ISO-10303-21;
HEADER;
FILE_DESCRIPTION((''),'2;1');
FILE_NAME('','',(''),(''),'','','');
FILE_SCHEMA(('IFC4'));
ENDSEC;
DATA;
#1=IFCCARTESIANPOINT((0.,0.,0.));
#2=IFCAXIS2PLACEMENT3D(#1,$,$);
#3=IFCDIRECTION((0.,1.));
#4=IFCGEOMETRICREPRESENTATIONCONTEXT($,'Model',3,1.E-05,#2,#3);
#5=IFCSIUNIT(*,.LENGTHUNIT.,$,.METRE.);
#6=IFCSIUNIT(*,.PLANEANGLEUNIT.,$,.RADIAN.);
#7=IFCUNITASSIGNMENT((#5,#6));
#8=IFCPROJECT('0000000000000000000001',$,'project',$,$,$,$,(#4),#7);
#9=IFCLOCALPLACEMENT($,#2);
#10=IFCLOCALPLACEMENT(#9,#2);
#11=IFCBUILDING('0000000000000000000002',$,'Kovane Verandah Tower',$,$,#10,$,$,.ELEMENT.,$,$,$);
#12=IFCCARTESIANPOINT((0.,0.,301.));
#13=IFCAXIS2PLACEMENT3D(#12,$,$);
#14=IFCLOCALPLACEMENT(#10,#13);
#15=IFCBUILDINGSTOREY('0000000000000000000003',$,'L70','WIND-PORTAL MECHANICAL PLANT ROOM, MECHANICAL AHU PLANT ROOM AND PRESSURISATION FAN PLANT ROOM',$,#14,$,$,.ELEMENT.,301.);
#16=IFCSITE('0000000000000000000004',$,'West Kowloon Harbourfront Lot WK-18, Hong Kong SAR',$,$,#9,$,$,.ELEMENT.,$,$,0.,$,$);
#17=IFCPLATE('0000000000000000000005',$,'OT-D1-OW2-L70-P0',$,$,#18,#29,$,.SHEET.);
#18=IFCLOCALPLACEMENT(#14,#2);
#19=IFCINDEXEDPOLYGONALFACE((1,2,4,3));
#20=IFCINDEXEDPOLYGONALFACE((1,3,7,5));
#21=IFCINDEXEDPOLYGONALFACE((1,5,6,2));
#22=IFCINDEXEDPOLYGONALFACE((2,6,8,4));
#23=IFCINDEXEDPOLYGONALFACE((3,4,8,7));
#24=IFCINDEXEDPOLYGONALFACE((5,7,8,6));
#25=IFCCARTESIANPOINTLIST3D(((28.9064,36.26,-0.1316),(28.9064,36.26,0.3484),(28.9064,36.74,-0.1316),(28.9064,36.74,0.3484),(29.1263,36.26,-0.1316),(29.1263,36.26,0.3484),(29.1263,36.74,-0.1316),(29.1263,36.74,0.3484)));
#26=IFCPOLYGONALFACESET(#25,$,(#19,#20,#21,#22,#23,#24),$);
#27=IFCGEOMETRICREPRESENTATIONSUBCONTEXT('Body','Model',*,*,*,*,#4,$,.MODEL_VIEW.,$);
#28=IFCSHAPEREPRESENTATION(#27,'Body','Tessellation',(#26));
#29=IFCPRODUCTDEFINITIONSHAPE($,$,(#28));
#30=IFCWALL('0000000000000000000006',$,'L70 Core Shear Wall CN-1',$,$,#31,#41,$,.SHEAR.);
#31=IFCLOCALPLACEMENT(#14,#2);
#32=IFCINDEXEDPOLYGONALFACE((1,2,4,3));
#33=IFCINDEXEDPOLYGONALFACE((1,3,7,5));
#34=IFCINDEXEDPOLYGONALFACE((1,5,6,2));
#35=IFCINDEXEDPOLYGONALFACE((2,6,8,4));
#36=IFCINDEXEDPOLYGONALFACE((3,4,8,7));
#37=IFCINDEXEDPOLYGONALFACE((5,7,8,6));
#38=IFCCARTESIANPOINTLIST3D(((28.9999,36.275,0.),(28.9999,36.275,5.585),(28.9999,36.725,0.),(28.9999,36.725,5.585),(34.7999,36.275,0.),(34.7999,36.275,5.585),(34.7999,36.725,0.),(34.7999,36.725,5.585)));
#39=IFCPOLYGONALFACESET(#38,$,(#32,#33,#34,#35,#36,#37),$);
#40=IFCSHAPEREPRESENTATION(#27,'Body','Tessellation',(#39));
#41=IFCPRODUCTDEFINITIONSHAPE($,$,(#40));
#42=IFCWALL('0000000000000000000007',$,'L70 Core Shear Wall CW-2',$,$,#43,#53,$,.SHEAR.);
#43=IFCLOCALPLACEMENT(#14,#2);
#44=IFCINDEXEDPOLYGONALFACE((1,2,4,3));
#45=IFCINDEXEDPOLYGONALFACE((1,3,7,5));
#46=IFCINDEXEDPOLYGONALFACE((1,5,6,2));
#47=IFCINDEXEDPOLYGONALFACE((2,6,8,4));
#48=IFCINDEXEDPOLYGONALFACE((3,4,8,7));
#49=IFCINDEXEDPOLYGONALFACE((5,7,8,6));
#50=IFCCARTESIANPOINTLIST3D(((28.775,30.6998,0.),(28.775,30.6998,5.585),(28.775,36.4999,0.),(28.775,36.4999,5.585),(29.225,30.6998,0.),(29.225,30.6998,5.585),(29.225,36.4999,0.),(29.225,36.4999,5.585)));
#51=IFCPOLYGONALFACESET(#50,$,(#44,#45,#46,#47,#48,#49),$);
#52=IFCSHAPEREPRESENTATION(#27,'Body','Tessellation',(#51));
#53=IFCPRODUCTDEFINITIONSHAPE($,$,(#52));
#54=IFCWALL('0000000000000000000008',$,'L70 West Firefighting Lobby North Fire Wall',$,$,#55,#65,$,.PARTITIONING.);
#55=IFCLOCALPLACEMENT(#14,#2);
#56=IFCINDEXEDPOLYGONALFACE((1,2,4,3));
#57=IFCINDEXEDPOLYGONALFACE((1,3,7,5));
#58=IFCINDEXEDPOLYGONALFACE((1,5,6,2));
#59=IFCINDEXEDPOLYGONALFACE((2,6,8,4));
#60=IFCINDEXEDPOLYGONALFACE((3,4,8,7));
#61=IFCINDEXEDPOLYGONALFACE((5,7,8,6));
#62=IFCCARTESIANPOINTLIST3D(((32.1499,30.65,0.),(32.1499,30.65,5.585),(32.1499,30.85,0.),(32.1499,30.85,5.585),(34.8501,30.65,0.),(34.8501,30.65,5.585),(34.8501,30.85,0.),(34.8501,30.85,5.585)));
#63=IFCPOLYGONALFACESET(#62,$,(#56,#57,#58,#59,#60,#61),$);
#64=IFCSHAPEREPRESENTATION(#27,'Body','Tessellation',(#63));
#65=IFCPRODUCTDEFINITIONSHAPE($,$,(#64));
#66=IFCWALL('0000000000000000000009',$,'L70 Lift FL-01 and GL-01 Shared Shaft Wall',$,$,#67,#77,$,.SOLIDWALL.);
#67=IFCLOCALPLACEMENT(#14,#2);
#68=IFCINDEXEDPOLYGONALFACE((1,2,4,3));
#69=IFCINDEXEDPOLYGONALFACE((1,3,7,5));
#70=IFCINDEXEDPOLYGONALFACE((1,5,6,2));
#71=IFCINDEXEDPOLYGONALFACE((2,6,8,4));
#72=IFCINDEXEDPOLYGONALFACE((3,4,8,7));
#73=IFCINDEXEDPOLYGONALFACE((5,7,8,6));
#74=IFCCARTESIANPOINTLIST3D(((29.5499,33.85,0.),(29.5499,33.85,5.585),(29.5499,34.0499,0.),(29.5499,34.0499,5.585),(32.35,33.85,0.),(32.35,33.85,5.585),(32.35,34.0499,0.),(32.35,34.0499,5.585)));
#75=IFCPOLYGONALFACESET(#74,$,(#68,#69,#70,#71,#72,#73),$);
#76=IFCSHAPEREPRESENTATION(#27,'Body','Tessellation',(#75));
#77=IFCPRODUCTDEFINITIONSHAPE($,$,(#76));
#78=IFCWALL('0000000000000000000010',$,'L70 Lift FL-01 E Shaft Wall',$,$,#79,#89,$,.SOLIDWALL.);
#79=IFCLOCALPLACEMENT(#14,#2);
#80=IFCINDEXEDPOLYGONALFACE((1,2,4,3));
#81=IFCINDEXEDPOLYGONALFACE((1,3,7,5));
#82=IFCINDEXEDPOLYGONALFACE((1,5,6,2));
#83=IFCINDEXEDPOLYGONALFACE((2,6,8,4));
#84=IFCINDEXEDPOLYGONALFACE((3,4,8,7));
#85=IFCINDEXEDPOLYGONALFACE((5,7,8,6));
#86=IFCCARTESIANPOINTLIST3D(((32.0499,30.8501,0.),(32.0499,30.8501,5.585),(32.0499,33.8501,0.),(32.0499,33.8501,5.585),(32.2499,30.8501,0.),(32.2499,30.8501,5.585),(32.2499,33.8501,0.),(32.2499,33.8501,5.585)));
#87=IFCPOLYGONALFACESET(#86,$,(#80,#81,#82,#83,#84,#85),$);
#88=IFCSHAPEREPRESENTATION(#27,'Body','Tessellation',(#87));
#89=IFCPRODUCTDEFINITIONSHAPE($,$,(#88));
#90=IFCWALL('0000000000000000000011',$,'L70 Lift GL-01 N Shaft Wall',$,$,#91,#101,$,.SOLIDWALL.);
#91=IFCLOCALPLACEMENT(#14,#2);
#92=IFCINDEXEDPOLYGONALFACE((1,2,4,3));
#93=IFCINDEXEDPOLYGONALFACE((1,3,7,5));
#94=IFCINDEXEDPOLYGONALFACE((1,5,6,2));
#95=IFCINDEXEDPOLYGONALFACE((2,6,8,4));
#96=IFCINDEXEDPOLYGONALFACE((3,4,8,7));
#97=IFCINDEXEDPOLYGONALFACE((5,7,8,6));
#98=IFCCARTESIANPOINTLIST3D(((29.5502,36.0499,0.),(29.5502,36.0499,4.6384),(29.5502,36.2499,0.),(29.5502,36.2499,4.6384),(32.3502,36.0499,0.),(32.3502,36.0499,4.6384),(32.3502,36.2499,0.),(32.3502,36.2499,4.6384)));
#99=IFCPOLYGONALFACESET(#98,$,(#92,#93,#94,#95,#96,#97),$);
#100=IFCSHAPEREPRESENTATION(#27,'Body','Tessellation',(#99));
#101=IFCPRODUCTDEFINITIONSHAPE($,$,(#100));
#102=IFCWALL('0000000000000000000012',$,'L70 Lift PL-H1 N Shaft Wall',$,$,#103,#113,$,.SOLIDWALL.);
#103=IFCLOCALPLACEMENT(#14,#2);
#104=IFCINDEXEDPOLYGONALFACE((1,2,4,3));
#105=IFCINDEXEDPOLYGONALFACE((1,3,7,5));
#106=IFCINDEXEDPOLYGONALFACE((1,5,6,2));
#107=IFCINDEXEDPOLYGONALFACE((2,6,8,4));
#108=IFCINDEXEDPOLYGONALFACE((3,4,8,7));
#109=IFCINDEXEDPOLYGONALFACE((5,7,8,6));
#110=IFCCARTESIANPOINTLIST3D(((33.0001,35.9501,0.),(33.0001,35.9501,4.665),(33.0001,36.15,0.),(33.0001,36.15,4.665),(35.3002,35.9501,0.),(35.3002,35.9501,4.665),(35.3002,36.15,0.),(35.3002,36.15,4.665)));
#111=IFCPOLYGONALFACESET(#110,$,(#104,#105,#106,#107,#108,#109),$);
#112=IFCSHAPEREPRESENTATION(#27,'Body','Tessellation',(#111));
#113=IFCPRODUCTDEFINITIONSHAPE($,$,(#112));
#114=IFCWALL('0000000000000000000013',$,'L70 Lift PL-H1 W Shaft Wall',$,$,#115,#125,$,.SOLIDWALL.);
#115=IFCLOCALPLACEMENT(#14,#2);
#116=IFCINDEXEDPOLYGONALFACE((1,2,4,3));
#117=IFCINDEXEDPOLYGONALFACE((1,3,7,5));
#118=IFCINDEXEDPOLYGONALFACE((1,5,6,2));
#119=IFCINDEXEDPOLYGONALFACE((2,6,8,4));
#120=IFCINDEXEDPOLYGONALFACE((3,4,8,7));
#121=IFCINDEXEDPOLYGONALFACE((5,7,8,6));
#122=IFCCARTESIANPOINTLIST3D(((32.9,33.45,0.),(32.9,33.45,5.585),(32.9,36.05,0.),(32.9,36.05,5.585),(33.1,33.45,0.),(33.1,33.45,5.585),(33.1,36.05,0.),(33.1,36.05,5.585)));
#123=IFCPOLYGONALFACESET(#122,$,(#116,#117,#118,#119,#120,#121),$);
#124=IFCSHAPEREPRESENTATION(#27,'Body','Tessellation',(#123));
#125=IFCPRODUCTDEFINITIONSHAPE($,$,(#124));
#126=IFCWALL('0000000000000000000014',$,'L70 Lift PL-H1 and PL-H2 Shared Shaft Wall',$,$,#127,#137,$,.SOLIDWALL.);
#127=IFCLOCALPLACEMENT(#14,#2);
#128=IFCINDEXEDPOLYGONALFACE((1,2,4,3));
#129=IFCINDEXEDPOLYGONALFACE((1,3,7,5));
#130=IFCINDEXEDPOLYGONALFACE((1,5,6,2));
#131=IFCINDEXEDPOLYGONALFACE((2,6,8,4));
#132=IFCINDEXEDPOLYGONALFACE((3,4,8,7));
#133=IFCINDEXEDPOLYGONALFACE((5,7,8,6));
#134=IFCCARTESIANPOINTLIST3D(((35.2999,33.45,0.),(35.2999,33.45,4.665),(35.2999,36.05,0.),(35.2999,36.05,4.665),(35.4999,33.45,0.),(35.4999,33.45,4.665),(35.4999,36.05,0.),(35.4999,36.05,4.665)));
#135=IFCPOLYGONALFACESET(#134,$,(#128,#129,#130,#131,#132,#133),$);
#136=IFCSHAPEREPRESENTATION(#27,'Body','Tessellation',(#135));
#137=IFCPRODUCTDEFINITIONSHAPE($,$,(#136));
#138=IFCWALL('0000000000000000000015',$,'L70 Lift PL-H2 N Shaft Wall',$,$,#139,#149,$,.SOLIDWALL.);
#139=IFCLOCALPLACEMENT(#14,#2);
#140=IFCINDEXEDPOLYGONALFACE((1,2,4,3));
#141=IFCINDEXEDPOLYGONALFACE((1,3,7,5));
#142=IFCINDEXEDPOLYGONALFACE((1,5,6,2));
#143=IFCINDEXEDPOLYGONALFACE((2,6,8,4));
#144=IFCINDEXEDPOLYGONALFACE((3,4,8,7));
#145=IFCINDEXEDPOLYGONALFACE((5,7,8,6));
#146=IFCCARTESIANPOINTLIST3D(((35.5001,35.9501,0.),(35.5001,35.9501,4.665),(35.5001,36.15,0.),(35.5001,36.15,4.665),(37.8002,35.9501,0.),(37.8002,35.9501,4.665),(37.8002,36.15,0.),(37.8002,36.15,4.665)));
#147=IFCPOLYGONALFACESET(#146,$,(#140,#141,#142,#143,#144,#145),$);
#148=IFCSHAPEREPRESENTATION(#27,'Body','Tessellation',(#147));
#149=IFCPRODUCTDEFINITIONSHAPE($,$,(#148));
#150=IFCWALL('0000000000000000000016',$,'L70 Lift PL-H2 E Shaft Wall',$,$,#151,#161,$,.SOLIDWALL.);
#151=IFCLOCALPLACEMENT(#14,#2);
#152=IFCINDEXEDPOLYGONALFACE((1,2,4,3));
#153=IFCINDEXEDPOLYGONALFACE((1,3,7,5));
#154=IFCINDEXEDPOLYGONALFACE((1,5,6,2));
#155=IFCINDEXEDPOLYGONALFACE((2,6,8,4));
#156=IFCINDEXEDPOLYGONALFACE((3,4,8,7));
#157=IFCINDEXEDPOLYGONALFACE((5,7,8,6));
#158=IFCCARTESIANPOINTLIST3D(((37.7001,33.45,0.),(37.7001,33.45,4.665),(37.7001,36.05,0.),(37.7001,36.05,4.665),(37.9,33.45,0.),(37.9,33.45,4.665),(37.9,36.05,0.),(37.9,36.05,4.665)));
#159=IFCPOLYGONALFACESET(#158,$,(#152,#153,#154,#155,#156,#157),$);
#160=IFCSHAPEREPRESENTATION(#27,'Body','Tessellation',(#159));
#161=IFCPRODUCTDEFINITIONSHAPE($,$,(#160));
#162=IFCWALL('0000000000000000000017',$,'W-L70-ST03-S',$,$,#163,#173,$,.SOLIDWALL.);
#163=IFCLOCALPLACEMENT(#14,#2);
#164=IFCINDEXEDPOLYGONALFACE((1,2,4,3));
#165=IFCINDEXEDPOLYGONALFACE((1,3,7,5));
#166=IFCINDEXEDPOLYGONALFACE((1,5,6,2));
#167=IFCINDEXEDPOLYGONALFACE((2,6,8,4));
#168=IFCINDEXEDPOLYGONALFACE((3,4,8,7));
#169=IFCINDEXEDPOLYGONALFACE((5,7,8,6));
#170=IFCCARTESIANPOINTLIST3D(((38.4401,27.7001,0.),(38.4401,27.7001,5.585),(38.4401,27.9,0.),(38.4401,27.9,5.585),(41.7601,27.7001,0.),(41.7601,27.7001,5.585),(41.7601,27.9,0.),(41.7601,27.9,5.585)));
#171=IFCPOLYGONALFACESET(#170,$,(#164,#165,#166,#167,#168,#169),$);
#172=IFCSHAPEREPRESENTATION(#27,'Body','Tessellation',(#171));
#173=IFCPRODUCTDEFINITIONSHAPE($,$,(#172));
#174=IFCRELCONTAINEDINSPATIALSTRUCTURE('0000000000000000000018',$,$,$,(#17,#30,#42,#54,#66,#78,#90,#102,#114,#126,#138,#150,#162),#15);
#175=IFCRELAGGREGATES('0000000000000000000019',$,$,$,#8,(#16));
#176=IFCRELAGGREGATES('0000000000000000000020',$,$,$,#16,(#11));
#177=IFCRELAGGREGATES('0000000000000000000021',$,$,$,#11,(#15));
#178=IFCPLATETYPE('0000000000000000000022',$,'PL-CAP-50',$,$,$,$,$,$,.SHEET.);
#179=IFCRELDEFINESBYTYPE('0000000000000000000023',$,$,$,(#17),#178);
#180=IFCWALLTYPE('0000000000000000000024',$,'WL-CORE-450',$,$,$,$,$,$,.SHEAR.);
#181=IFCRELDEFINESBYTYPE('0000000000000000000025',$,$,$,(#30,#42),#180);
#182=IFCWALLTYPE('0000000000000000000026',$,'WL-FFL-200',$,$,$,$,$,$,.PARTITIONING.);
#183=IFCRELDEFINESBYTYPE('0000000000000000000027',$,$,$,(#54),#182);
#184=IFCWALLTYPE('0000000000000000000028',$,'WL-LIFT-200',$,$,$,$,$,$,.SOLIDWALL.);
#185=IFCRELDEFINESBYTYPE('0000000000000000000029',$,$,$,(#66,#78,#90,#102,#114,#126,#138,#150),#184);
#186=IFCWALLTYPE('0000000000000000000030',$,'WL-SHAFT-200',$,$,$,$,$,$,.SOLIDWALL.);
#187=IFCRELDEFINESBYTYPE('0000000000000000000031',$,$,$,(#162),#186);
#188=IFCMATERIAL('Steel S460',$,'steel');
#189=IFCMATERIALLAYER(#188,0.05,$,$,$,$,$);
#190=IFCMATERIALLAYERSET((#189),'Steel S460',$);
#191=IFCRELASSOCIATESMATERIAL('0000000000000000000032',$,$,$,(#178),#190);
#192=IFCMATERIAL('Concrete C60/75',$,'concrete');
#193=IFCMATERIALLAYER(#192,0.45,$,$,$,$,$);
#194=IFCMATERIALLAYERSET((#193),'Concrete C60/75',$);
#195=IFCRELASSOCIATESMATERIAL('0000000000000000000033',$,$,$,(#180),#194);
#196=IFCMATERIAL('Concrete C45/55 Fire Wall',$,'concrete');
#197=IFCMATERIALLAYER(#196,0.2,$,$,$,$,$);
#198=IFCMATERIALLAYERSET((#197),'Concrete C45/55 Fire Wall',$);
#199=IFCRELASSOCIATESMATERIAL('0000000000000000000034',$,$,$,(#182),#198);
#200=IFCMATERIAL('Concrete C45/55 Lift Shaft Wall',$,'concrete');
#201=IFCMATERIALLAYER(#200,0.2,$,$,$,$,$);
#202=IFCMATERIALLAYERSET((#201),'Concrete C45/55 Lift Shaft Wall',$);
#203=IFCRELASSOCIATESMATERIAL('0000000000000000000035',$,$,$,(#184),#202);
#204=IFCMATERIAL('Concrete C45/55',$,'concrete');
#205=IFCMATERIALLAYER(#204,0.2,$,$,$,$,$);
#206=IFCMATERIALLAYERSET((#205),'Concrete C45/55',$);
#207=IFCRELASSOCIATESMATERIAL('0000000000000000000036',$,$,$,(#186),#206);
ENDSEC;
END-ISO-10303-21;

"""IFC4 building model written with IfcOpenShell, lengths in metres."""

from ifc_helpers import new_model, si_unit, direction, frame, frame_2d, origin, origin_2d, place, context, subcontext, project, spatial, rectangle, extrude, material, layer, layer_set, type_object, element, save


model = new_model("IFC4")

# Units and contexts
model_context = context("Model", 3, precision=1e-05, world=origin(), true_north=direction((0.0, 1.0)))
body_context = subcontext(model_context, "Body", "Model", "MODEL_VIEW")
ifc_project = project(units=[si_unit("LENGTHUNIT", "METRE"), si_unit("PLANEANGLEUNIT", "RADIAN")], contexts=[model_context])

# Site, building, storey
site_placement = place(None, origin())
site = spatial("IfcSite", under=ifc_project, at=site_placement, Name="West Kowloon Harbourfront Lot WK-18, Hong Kong SAR", CompositionType="ELEMENT", RefElevation=0.0)
building_placement = place(site_placement, origin())
building = spatial("IfcBuilding", under=site, at=building_placement, Name="Kovane Verandah Tower", CompositionType="ELEMENT")
storey_placement = place(building_placement, frame((0.0, 0.0, 301.0)))
storey = spatial("IfcBuildingStorey", under=building, at=storey_placement, Name="L70", Description="WIND-PORTAL MECHANICAL PLANT ROOM, MECHANICAL AHU PLANT ROOM AND PRESSURISATION FAN PLANT ROOM", CompositionType="ELEMENT", Elevation=301.0)

# Shared definitions
ifc_material_1 = material(Name="Concrete C60/75", Category="concrete")

# Shared definitions
ifc_material_2 = material(Name="Steel S460", Category="steel")

# Plate
ifc_layer_1 = layer(ifc_material_2, 0.05)
ifc_layer_set_1 = layer_set([ifc_layer_1], Name="Steel S460")
plate_type = type_object("IfcPlateType", Name="PL-CAP-50", PredefinedType="SHEET", material=ifc_layer_set_1)
plate_placement = place(storey_placement, frame((29.0164, 36.5, -0.1316), z_axis=(0.0, 0.0, 1.0), x_axis=(-1.0, 0.0, 0.0)))
element("IfcPlate", 1, at=plate_placement, inside=storey, type_object=plate_type, Name="OT-D1-OW2-L70-P0", PredefinedType="SHEET", context=body_context, shape_type="SweptSolid", body=[
    extrude(rectangle(XDim=0.22, YDim=0.48, at=origin_2d()), origin(), (0.0, 0.0, 1.0), 0.48),
])

# Walls
ifc_layer_2 = layer(ifc_material_1, 0.45)
ifc_layer_set_2 = layer_set([ifc_layer_2], Name="Concrete C60/75")
wall_type_1 = type_object("IfcWallType", Name="WL-CORE-450", PredefinedType="SHEAR", material=ifc_layer_set_2)
for number, where, z_axis, x_axis, name in (
    (2, (29.0, 36.5, 0.0), (0.0, 0.0, 1.0), (1.0, 0.0, 0.0), "L70 Core Shear Wall CN-1"),
    (3, (29.0, 30.7, 0.0), (0.0, 0.0, 1.0), (0.0, 1.0, 0.0), "L70 Core Shear Wall CW-2"),
):
    element("IfcWall", number, at=place(storey_placement, frame(where, z_axis=z_axis, x_axis=x_axis)), inside=storey, type_object=wall_type_1, Name=name, PredefinedType="SHEAR", context=body_context, shape_type="SweptSolid", body=[
        extrude(rectangle(XDim=5.8, YDim=0.45, at=frame_2d((2.8999, 0.0))), origin(), (0.0, 0.0, 1.0), 5.585),
    ])
ifc_material_3 = material(Name="Concrete C45/55 Fire Wall", Category="concrete")
ifc_layer_3 = layer(ifc_material_3, 0.2)
ifc_layer_set_3 = layer_set([ifc_layer_3], Name="Concrete C45/55 Fire Wall")
wall_type_2 = type_object("IfcWallType", Name="WL-FFL-200", PredefinedType="PARTITIONING", material=ifc_layer_set_3)
wall_1_placement = place(storey_placement, frame((32.1499, 30.75, 0.0), z_axis=(0.0, 0.0, 1.0), x_axis=(1.0, 0.0, 0.0)))
element("IfcWall", 4, at=wall_1_placement, inside=storey, type_object=wall_type_2, Name="L70 West Firefighting Lobby North Fire Wall", PredefinedType="PARTITIONING", context=body_context, shape_type="SweptSolid", body=[
    extrude(rectangle(XDim=2.7002, YDim=0.2, at=frame_2d((1.3501, 0.0))), origin(), (0.0, 0.0, 1.0), 5.585),
])

# Shared definitions
ifc_material_4 = material(Name="Concrete C45/55 Lift Shaft Wall", Category="concrete")
ifc_layer_4 = layer(ifc_material_4, 0.2)
ifc_layer_set_4 = layer_set([ifc_layer_4], Name="Concrete C45/55 Lift Shaft Wall")
wall_type_3 = type_object("IfcWallType", Name="WL-LIFT-200", PredefinedType="SOLIDWALL", material=ifc_layer_set_4)

# Walls
wall_2_placement = place(storey_placement, frame((29.55, 33.95, 0.0), z_axis=(0.0, 0.0, 1.0), x_axis=(1.0, 0.0, 0.0)))
element("IfcWall", 5, at=wall_2_placement, inside=storey, type_object=wall_type_3, Name="L70 Lift FL-01 and GL-01 Shared Shaft Wall", PredefinedType="SOLIDWALL", context=body_context, shape_type="SweptSolid", body=[
    extrude(rectangle(XDim=2.8, YDim=0.2, at=frame_2d((1.3999, 0.0))), origin(), (0.0, 0.0, 1.0), 5.585),
])
wall_3_placement = place(storey_placement, frame((32.1499, 30.8501, 0.0), z_axis=(0.0, 0.0, 1.0), x_axis=(0.0, 1.0, 0.0)))
element("IfcWall", 6, at=wall_3_placement, inside=storey, type_object=wall_type_3, Name="L70 Lift FL-01 E Shaft Wall", PredefinedType="SOLIDWALL", context=body_context, shape_type="SweptSolid", body=[
    extrude(rectangle(XDim=3.0, YDim=0.2, at=frame_2d((1.5, 0.0))), origin(), (0.0, 0.0, 1.0), 5.585),
])
wall_4_placement = place(storey_placement, frame((32.3501, 36.1499, 0.0), z_axis=(0.0, 0.0, 1.0), x_axis=(-1.0, 0.0, 0.0)))
element("IfcWall", 7, at=wall_4_placement, inside=storey, type_object=wall_type_3, Name="L70 Lift GL-01 N Shaft Wall", PredefinedType="SOLIDWALL", context=body_context, shape_type="SweptSolid", body=[
    extrude(rectangle(XDim=2.8, YDim=0.2, at=frame_2d((1.3999, 0.0))), origin(), (0.0, 0.0, 1.0), 4.6384),
])

# Walls
wall_5_placement = place(storey_placement, frame((35.3, 36.05, 0.0), z_axis=(0.0, 0.0, 1.0), x_axis=(-1.0, 0.0, 0.0)))
element("IfcWall", 8, at=wall_5_placement, inside=storey, type_object=wall_type_3, Name="L70 Lift PL-H1 N Shaft Wall", PredefinedType="SOLIDWALL", context=body_context, shape_type="SweptSolid", body=[
    extrude(rectangle(XDim=2.3, YDim=0.2, at=frame_2d((1.1499, 0.0))), origin(), (0.0, 0.0, 1.0), 4.665),
])
wall_6_placement = place(storey_placement, frame((33.0, 36.05, 0.0), z_axis=(0.0, 0.0, 1.0), x_axis=(0.0, -1.0, 0.0)))
element("IfcWall", 9, at=wall_6_placement, inside=storey, type_object=wall_type_3, Name="L70 Lift PL-H1 W Shaft Wall", PredefinedType="SOLIDWALL", context=body_context, shape_type="SweptSolid", body=[
    extrude(rectangle(XDim=2.6001, YDim=0.2, at=frame_2d((1.3, 0.0))), origin(), (0.0, 0.0, 1.0), 5.585),
])
wall_7_placement = place(storey_placement, frame((35.3999, 33.45, 0.0), z_axis=(0.0, 0.0, 1.0), x_axis=(0.0, 1.0, 0.0)))
element("IfcWall", 10, at=wall_7_placement, inside=storey, type_object=wall_type_3, Name="L70 Lift PL-H1 and PL-H2 Shared Shaft Wall", PredefinedType="SOLIDWALL", context=body_context, shape_type="SweptSolid", body=[
    extrude(rectangle(XDim=2.6001, YDim=0.2, at=frame_2d((1.3, 0.0))), origin(), (0.0, 0.0, 1.0), 4.665),
])

# Walls
wall_8_placement = place(storey_placement, frame((37.8, 36.05, 0.0), z_axis=(0.0, 0.0, 1.0), x_axis=(-1.0, 0.0, 0.0)))
element("IfcWall", 11, at=wall_8_placement, inside=storey, type_object=wall_type_3, Name="L70 Lift PL-H2 N Shaft Wall", PredefinedType="SOLIDWALL", context=body_context, shape_type="SweptSolid", body=[
    extrude(rectangle(XDim=2.3, YDim=0.2, at=frame_2d((1.1499, 0.0))), origin(), (0.0, 0.0, 1.0), 4.665),
])
wall_9_placement = place(storey_placement, frame((37.8, 33.45, 0.0), z_axis=(0.0, 0.0, 1.0), x_axis=(0.0, 1.0, 0.0)))
element("IfcWall", 12, at=wall_9_placement, inside=storey, type_object=wall_type_3, Name="L70 Lift PL-H2 E Shaft Wall", PredefinedType="SOLIDWALL", context=body_context, shape_type="SweptSolid", body=[
    extrude(rectangle(XDim=2.6001, YDim=0.2, at=frame_2d((1.3, 0.0))), origin(), (0.0, 0.0, 1.0), 4.665),
])
ifc_material_5 = material(Name="Concrete C45/55", Category="concrete")
ifc_layer_5 = layer(ifc_material_5, 0.2)
ifc_layer_set_5 = layer_set([ifc_layer_5], Name="Concrete C45/55")
wall_type_4 = type_object("IfcWallType", Name="WL-SHAFT-200", PredefinedType="SOLIDWALL", material=ifc_layer_set_5)
wall_10_placement = place(storey_placement, frame((38.4399, 27.8, 0.0), z_axis=(0.0, 0.0, 1.0), x_axis=(1.0, 0.0, 0.0)))
element("IfcWall", 13, at=wall_10_placement, inside=storey, type_object=wall_type_4, Name="W-L70-ST03-S", PredefinedType="SOLIDWALL", context=body_context, shape_type="SweptSolid", body=[
    extrude(rectangle(XDim=3.3201, YDim=0.2, at=frame_2d((1.6602, 0.0))), origin(), (0.0, 0.0, 1.0), 5.585),
])

save(model, "model.ifc")
